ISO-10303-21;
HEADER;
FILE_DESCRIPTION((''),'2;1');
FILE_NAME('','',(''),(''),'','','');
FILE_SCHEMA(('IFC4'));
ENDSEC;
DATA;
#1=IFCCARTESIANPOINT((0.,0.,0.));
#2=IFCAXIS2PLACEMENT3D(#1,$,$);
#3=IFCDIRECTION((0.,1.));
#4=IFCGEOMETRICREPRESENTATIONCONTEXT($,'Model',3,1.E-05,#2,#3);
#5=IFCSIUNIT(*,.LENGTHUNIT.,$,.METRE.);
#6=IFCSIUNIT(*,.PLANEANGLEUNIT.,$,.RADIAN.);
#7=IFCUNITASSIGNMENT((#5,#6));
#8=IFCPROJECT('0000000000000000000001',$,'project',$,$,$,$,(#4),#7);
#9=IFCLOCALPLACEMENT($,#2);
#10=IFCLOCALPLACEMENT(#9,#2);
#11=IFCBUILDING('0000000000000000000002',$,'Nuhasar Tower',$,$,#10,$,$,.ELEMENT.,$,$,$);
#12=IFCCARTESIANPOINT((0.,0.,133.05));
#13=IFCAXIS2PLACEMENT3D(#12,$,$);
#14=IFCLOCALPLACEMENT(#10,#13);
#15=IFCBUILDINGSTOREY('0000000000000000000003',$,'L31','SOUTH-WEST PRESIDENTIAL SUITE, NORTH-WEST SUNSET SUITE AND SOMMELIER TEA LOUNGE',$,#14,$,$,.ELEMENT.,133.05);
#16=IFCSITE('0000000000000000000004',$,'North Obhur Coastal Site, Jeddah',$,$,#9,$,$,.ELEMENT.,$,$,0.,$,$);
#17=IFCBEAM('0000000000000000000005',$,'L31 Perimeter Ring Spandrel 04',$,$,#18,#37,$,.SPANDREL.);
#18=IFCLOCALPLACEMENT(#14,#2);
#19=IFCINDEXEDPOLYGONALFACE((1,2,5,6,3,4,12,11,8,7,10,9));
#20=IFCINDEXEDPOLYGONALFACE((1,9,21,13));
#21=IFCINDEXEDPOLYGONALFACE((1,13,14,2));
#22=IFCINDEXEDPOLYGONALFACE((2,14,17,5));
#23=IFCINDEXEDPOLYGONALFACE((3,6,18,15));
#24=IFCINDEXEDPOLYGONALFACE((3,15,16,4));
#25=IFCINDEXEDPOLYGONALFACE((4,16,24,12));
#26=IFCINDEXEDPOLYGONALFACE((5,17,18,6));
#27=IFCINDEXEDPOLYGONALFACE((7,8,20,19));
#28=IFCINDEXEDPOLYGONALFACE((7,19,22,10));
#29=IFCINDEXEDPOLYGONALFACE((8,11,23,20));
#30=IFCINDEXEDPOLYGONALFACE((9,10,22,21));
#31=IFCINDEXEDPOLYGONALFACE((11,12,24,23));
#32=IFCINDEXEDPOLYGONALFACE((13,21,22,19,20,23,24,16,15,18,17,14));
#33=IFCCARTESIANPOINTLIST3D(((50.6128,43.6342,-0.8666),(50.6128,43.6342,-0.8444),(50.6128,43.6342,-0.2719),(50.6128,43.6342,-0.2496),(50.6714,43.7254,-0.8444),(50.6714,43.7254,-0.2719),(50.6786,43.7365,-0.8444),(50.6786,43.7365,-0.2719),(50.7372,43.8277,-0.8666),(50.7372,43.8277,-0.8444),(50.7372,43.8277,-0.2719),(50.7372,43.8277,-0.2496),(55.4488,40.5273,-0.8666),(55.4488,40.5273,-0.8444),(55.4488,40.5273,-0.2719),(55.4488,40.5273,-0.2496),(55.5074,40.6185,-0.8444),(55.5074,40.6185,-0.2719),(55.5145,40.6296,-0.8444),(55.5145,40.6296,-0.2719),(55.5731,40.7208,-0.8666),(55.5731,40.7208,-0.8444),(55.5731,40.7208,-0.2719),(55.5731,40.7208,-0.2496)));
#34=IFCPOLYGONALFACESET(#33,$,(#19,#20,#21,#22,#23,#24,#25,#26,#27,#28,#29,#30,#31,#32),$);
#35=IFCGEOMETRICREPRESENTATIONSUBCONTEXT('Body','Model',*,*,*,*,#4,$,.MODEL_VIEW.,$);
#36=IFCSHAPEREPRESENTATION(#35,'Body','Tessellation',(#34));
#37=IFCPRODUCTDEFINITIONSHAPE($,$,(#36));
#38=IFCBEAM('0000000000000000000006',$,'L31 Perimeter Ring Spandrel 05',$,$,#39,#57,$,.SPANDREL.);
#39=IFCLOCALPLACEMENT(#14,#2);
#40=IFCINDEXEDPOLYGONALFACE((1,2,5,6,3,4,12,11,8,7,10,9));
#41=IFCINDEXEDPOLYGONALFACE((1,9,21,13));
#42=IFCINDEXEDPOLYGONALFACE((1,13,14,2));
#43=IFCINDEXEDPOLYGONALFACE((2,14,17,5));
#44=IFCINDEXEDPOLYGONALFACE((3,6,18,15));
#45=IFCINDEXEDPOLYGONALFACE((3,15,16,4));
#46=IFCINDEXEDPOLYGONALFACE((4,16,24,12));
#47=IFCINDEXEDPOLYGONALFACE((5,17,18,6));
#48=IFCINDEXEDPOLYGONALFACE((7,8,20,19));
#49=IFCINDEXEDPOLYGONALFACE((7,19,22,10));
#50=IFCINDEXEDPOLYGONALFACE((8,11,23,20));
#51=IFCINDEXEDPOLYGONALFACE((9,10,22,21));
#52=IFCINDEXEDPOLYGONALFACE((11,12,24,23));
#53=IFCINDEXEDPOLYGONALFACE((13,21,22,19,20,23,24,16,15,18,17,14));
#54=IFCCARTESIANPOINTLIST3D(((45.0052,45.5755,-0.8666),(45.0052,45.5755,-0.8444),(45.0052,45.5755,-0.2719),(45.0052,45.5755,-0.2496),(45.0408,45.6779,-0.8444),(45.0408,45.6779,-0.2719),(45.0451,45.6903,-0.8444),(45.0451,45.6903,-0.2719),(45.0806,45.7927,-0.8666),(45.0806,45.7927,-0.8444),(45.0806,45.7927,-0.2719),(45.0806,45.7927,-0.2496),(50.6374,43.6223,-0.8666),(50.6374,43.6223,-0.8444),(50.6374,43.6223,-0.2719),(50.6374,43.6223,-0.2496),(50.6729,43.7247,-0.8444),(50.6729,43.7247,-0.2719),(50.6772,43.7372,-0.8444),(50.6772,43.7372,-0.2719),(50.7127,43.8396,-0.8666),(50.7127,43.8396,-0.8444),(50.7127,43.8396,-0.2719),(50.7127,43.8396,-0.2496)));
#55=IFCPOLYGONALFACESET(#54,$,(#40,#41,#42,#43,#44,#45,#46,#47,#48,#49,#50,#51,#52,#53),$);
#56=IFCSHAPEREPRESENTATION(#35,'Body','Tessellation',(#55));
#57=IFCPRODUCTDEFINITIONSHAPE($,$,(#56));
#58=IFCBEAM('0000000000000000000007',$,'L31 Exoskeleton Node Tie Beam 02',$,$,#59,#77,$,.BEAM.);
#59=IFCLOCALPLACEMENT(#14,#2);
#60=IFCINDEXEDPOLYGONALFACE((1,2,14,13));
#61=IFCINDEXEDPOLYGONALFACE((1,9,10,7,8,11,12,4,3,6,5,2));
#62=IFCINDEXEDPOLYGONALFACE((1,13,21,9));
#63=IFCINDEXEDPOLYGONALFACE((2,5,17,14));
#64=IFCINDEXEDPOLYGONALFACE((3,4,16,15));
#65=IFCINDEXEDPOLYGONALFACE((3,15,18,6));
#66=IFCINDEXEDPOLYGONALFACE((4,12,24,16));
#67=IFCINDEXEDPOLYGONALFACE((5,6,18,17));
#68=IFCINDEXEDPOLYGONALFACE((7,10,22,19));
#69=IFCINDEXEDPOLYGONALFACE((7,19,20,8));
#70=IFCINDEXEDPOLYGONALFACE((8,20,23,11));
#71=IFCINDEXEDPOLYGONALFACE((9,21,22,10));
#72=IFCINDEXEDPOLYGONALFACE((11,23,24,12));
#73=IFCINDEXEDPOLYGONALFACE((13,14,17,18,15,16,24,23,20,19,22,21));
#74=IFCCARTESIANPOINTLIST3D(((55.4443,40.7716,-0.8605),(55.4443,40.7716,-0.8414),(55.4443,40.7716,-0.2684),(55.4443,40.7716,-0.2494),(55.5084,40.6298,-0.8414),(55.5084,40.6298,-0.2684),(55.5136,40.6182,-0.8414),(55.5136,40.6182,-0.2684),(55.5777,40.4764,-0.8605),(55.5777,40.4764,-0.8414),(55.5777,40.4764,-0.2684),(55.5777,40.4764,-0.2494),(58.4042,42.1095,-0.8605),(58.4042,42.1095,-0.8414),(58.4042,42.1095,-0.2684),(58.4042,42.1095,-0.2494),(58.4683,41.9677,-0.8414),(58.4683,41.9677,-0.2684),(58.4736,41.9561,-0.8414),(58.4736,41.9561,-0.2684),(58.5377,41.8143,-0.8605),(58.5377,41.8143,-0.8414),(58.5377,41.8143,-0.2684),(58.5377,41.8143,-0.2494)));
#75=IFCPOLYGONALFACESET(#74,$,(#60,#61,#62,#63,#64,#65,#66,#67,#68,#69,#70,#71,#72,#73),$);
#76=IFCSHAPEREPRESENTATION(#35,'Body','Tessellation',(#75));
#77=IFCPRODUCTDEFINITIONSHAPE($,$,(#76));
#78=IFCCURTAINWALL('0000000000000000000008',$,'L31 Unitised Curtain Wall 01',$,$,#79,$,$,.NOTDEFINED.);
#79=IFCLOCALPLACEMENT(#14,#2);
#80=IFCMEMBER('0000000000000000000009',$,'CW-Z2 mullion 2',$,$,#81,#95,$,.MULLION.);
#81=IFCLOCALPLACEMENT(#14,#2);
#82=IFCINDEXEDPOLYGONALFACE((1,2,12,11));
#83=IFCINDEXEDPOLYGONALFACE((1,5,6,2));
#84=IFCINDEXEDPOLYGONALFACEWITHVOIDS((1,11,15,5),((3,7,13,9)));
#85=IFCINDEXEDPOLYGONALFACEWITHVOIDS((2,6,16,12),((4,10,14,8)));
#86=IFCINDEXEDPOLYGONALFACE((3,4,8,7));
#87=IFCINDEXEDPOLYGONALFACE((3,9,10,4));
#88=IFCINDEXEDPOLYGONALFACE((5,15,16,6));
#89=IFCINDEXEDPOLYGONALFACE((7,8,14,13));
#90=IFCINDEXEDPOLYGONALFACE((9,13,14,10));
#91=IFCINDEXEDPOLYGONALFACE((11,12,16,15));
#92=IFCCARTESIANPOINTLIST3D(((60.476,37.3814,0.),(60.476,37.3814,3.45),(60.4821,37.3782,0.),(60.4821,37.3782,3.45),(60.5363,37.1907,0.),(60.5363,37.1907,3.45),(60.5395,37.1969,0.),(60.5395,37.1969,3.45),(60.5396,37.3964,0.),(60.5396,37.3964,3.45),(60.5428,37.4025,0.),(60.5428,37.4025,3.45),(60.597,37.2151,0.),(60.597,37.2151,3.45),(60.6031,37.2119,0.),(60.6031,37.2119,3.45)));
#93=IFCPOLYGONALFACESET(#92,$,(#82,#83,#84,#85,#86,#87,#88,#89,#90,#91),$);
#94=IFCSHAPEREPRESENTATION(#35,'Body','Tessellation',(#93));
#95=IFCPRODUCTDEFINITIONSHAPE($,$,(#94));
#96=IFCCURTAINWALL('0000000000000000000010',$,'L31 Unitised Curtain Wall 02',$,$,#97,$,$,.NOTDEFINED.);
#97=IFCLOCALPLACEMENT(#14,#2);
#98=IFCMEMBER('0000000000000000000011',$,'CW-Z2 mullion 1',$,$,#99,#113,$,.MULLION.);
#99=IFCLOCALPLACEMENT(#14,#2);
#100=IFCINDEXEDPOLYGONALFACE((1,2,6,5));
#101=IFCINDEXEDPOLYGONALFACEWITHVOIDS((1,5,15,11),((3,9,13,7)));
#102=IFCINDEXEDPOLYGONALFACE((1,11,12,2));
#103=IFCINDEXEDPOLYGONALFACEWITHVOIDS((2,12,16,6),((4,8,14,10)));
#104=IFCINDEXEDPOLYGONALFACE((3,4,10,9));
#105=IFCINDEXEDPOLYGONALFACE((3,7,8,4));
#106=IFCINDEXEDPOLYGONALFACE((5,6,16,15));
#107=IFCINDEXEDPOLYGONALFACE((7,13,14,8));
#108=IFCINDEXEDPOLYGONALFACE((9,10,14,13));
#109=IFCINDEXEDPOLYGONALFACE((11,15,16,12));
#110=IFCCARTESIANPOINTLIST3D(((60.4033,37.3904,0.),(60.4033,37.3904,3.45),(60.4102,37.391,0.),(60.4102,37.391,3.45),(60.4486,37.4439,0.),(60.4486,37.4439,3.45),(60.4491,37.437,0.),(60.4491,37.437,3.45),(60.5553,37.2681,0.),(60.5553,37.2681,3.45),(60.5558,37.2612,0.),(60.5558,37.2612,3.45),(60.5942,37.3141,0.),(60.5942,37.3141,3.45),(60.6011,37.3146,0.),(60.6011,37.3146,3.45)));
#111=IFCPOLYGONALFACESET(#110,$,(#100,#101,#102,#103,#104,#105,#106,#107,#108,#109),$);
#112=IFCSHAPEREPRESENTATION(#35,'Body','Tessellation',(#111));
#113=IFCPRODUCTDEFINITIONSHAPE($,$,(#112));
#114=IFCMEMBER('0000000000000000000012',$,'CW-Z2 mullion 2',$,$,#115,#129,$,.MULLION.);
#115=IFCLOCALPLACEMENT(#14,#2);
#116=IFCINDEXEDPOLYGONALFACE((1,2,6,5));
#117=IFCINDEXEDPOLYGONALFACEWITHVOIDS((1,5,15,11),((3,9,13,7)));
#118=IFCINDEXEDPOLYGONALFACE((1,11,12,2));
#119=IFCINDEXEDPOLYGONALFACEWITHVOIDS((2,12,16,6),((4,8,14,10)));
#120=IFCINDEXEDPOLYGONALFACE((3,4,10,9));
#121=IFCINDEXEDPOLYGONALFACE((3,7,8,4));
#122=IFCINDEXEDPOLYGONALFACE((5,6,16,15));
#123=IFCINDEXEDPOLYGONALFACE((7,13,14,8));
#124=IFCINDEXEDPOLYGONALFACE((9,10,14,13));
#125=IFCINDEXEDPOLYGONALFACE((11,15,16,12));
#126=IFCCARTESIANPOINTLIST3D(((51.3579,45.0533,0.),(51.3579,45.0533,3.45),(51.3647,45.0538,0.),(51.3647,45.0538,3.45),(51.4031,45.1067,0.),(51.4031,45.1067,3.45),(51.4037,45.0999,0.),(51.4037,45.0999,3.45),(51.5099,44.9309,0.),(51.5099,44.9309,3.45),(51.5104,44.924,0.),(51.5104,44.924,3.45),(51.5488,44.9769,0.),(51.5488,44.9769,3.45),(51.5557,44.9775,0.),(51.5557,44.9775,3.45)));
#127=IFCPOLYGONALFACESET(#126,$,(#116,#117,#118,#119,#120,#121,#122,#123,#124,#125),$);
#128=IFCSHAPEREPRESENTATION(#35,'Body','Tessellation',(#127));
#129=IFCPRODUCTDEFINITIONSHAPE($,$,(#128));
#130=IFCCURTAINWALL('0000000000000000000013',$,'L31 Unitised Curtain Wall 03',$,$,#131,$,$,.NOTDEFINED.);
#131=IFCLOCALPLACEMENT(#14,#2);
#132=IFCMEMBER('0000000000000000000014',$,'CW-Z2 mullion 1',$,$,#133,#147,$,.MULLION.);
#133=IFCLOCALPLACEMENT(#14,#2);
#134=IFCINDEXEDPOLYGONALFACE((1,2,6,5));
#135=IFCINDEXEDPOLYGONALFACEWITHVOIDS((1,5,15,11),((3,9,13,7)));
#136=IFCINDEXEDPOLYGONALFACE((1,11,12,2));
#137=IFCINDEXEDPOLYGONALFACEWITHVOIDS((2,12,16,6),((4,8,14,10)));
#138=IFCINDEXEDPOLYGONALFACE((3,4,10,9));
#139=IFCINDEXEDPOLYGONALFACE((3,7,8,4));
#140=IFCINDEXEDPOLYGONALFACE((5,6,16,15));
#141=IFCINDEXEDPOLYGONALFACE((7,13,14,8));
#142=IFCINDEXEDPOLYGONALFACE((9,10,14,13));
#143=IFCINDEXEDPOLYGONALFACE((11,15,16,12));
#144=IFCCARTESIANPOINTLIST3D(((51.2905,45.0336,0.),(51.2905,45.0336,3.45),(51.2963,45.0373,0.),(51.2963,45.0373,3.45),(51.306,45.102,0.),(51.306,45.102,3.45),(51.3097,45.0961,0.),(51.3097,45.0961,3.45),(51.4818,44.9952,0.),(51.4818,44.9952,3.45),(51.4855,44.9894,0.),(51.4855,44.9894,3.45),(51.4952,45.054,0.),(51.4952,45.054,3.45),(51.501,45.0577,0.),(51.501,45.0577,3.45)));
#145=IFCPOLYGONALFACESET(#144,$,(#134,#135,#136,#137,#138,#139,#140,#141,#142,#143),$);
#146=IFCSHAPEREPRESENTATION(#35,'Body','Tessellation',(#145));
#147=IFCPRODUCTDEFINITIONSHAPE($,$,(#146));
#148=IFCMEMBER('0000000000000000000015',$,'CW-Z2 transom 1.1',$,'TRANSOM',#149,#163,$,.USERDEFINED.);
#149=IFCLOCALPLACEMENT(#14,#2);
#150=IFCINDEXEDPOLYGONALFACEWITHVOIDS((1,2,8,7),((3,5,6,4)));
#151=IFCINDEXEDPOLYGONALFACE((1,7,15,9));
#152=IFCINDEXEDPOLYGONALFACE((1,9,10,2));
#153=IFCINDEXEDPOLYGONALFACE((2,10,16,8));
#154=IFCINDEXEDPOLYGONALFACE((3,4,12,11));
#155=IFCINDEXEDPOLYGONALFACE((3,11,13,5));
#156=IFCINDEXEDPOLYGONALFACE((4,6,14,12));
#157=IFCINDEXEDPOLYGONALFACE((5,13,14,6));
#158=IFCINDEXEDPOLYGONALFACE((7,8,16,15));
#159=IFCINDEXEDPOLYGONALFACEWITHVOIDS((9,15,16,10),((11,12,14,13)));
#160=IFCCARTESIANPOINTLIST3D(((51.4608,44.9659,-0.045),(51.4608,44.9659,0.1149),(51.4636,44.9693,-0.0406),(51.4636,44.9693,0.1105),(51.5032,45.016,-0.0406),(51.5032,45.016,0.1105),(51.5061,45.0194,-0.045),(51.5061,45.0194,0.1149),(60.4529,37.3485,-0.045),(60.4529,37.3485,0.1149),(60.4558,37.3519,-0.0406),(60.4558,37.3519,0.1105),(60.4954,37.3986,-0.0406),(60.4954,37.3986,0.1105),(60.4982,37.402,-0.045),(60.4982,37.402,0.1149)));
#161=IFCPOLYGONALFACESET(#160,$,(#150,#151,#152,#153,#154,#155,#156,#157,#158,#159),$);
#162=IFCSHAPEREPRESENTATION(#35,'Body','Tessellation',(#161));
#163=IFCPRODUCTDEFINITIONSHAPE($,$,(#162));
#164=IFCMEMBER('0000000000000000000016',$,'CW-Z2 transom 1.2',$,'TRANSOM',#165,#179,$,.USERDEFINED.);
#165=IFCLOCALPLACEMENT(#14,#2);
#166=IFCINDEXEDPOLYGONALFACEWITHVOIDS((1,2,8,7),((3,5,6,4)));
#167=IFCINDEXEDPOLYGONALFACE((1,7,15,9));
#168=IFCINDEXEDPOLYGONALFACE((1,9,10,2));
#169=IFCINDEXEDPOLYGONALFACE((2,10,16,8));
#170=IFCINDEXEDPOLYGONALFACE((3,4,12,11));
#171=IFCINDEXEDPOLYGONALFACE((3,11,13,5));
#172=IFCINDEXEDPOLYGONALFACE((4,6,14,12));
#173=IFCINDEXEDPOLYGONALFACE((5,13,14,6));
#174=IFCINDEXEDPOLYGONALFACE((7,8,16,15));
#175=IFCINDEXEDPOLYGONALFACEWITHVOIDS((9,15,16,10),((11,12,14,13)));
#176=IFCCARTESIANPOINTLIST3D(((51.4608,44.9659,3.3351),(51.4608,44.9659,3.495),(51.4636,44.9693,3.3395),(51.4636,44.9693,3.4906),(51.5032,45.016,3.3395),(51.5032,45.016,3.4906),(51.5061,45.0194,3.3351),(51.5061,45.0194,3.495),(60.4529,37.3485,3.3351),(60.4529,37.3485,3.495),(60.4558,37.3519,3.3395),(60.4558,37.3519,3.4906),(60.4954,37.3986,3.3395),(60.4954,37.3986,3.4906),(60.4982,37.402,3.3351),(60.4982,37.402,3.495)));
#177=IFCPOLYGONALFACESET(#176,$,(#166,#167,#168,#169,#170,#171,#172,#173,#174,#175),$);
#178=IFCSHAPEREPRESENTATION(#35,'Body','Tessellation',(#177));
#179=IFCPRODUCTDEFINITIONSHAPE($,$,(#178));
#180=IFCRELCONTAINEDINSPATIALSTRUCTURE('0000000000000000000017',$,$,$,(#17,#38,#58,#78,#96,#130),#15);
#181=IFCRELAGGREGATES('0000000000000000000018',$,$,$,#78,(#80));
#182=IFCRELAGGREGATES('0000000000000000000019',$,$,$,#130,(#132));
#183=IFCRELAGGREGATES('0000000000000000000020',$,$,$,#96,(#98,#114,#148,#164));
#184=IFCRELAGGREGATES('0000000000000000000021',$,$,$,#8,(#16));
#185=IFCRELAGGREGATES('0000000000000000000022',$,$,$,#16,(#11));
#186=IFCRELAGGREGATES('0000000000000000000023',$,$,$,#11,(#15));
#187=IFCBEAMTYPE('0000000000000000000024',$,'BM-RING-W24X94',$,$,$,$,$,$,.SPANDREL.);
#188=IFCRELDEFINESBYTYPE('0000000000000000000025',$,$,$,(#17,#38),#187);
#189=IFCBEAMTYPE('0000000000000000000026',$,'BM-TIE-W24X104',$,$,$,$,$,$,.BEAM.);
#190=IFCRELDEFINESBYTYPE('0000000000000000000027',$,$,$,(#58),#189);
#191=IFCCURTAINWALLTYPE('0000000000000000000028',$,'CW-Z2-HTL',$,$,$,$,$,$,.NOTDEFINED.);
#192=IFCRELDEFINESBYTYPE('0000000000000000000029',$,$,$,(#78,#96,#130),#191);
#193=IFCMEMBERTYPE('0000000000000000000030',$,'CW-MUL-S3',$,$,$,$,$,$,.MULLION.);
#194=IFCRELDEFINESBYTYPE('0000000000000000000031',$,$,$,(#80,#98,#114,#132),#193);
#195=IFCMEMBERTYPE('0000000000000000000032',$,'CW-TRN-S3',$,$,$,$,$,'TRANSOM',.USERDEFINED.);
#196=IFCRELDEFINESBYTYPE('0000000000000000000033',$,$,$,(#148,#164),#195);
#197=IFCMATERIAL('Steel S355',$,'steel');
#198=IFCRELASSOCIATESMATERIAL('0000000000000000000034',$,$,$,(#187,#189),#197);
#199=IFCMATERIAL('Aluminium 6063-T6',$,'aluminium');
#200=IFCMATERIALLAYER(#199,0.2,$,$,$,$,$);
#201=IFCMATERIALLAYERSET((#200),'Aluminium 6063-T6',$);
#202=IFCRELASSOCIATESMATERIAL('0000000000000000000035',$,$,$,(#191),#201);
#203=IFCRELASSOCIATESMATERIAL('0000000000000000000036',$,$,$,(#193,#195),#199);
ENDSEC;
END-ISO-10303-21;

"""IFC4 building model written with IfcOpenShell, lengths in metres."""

from ifc_helpers import new_model, si_unit, direction, frame, origin, origin_2d, place, context, subcontext, project, spatial, hollow_rectangle, i_section, extrude, material, layer, layer_set, material_profile, profile_set, type_object, element, aggregate, save


model = new_model("IFC4")

# Units and contexts
model_context = context("Model", 3, precision=1e-05, world=origin(), true_north=direction((0.0, 1.0)))
body_context = subcontext(model_context, "Body", "Model", "MODEL_VIEW")
ifc_project = project(units=[si_unit("LENGTHUNIT", "METRE"), si_unit("PLANEANGLEUNIT", "RADIAN")], contexts=[model_context])

# Site, building, storey
site_placement = place(None, origin())
site = spatial("IfcSite", under=ifc_project, at=site_placement, Name="North Obhur Coastal Site, Jeddah", CompositionType="ELEMENT", RefElevation=0.0)
building_placement = place(site_placement, origin())
building = spatial("IfcBuilding", under=site, at=building_placement, Name="Nuhasar Tower", CompositionType="ELEMENT")
storey_placement = place(building_placement, frame((0.0, 0.0, 133.05)))
storey = spatial("IfcBuildingStorey", under=building, at=storey_placement, Name="L31", Description="SOUTH-WEST PRESIDENTIAL SUITE, NORTH-WEST SUNSET SUITE AND SOMMELIER TEA LOUNGE", CompositionType="ELEMENT", Elevation=133.05)

# Beams
ifc_material_1 = material(Name="Steel S355", Category="steel")
ifc_material_profile_1 = material_profile(ifc_material_1, i_section(OverallWidth=0.23, OverallDepth=0.6169, WebThickness=0.0132, FlangeThickness=0.0222, at=origin_2d()), Name="W24X94")
ifc_profile_set_1 = profile_set([ifc_material_profile_1], Name="Steel S355")
beam_type_1 = type_object("IfcBeamType", Name="BM-RING-W24X94", PredefinedType="SPANDREL", material=ifc_profile_set_1)
beam_1_placement = place(storey_placement, frame((55.511, 40.624, -0.5581), z_axis=(-0.841327, 0.540526, 0.0), x_axis=(-0.540526, -0.841327, 0.0)))
element("IfcBeam", 1, at=beam_1_placement, inside=storey, type_object=beam_type_1, Name="L31 Perimeter Ring Spandrel 04", PredefinedType="SPANDREL", context=body_context, shape_type="SweptSolid", body=[
    extrude(i_section(OverallWidth=0.23, OverallDepth=0.6169, WebThickness=0.0132, FlangeThickness=0.0222, at=origin_2d()), origin(), (0.0, 0.0, 1.0), 5.748),
])
beam_2_placement = place(storey_placement, frame((50.675, 43.731, -0.5581), z_axis=(-0.944801, 0.327644, 0.0), x_axis=(-0.327644, -0.944801, 0.0)))
element("IfcBeam", 2, at=beam_2_placement, inside=storey, type_object=beam_type_1, Name="L31 Perimeter Ring Spandrel 05", PredefinedType="SPANDREL", context=body_context, shape_type="SweptSolid", body=[
    extrude(i_section(OverallWidth=0.23, OverallDepth=0.6169, WebThickness=0.0132, FlangeThickness=0.0222, at=origin_2d()), origin(), (0.0, 0.0, 1.0), 5.9612),
])
ifc_material_profile_2 = material_profile(ifc_material_1, i_section(OverallWidth=0.324, OverallDepth=0.6111, WebThickness=0.0127, FlangeThickness=0.019, at=origin_2d()), Name="W24X104")
ifc_profile_set_2 = profile_set([ifc_material_profile_2], Name="Steel S355")
beam_type_2 = type_object("IfcBeamType", Name="BM-TIE-W24X104", PredefinedType="BEAM", material=ifc_profile_set_2)
beam_3_placement = place(storey_placement, frame((55.511, 40.624, -0.5549), z_axis=(0.91124, 0.411877, 0.0), x_axis=(-0.411877, 0.91124, 0.0)))
element("IfcBeam", 3, at=beam_3_placement, inside=storey, type_object=beam_type_2, Name="L31 Exoskeleton Node Tie Beam 02", PredefinedType="BEAM", context=body_context, shape_type="SweptSolid", body=[
    extrude(i_section(OverallWidth=0.324, OverallDepth=0.6111, WebThickness=0.0127, FlangeThickness=0.019, at=origin_2d()), origin(), (0.0, 0.0, 1.0), 3.2483),
])

# Curtain wall, member
ifc_material_2 = material(Name="Aluminium 6063-T6", Category="aluminium")
ifc_layer_1 = layer(ifc_material_2, 0.2)
ifc_layer_set_1 = layer_set([ifc_layer_1], Name="Aluminium 6063-T6")
curtain_wall_type = type_object("IfcCurtainWallType", Name="CW-Z2-HTL", PredefinedType="NOTDEFINED", material=ifc_layer_set_1)
curtain_wall_1_placement = place(storey_placement, origin())
curtain_wall_1 = element("IfcCurtainWall", 4, at=curtain_wall_1_placement, inside=storey, type_object=curtain_wall_type, Name="L31 Unitised Curtain Wall 01", PredefinedType="NOTDEFINED")
ifc_material_profile_3 = material_profile(ifc_material_2, hollow_rectangle(XDim=0.0701, YDim=0.2, WallThickness=0.0049, at=origin_2d()), Name="CWM-3")
ifc_profile_set_3 = profile_set([ifc_material_profile_3], Name="Aluminium 6063-T6")
member_type_1 = type_object("IfcMemberType", Name="CW-MUL-S3", PredefinedType="MULLION", material=ifc_profile_set_3)
member_1_placement = place(storey_placement, frame((60.5396, 37.2966, 0.0), z_axis=(0.0, 0.0, 1.0), x_axis=(-0.953433, -0.301604, 0.0)))
member_1 = element("IfcMember", 5, at=member_1_placement, type_object=member_type_1, Name="CW-Z2 mullion 2", PredefinedType="MULLION", context=body_context, shape_type="SweptSolid", body=[
    extrude(hollow_rectangle(XDim=0.0701, YDim=0.2, WallThickness=0.0049, at=origin_2d()), origin(), (0.0, 0.0, 1.0), 3.45),
])
aggregate(curtain_wall_1, [member_1])

# Curtain wall, members
curtain_wall_2_placement = place(storey_placement, origin())
curtain_wall_2 = element("IfcCurtainWall", 6, at=curtain_wall_2_placement, inside=storey, type_object=curtain_wall_type, Name="L31 Unitised Curtain Wall 02", PredefinedType="NOTDEFINED")
member_2_placement = place(storey_placement, frame((60.5022, 37.3525, 0.0), z_axis=(0.0, 0.0, 1.0), x_axis=(-0.646374, -0.76302, 0.0)))
member_2 = element("IfcMember", 7, at=member_2_placement, type_object=member_type_1, Name="CW-Z2 mullion 1", PredefinedType="MULLION", context=body_context, shape_type="SweptSolid", body=[
    extrude(hollow_rectangle(XDim=0.0701, YDim=0.2, WallThickness=0.0049, at=origin_2d()), origin(), (0.0, 0.0, 1.0), 3.45),
])
member_3_placement = place(storey_placement, frame((51.4568, 45.0154, 0.0), z_axis=(0.0, 0.0, 1.0), x_axis=(-0.646374, -0.76302, 0.0)))
member_3 = element("IfcMember", 8, at=member_3_placement, type_object=member_type_1, Name="CW-Z2 mullion 2", PredefinedType="MULLION", context=body_context, shape_type="SweptSolid", body=[
    extrude(hollow_rectangle(XDim=0.0701, YDim=0.2, WallThickness=0.0049, at=origin_2d()), origin(), (0.0, 0.0, 1.0), 3.45),
])

# Curtain wall, member
curtain_wall_3_placement = place(storey_placement, origin())
curtain_wall_3 = element("IfcCurtainWall", 9, at=curtain_wall_3_placement, inside=storey, type_object=curtain_wall_type, Name="L31 Unitised Curtain Wall 03", PredefinedType="NOTDEFINED")
member_4_placement = place(storey_placement, frame((51.3958, 45.0457, 0.0), z_axis=(0.0, 0.0, 1.0), x_axis=(-0.221397, -0.975184, 0.0)))
member_4 = element("IfcMember", 10, at=member_4_placement, type_object=member_type_1, Name="CW-Z2 mullion 1", PredefinedType="MULLION", context=body_context, shape_type="SweptSolid", body=[
    extrude(hollow_rectangle(XDim=0.0701, YDim=0.2, WallThickness=0.0049, at=origin_2d()), origin(), (0.0, 0.0, 1.0), 3.45),
])

# Members
ifc_material_profile_4 = material_profile(ifc_material_2, hollow_rectangle(XDim=0.0701, YDim=0.1599, WallThickness=0.0044, at=origin_2d()), Name="CWT-3")
ifc_profile_set_4 = profile_set([ifc_material_profile_4], Name="Aluminium 6063-T6")
member_type_2 = type_object("IfcMemberType", Name="CW-TRN-S3", ElementType="TRANSOM", PredefinedType="USERDEFINED", material=ifc_profile_set_4)
member_5_placement = place(storey_placement, frame((60.4756, 37.3752, 0.0349), z_axis=(-0.763024, 0.64637, 0.0), x_axis=(-0.64637, -0.763024, 0.0)))
member_5 = element("IfcMember", 11, at=member_5_placement, type_object=member_type_2, Name="CW-Z2 transom 1.1", ObjectType="TRANSOM", PredefinedType="USERDEFINED", context=body_context, shape_type="SweptSolid", body=[
    extrude(hollow_rectangle(XDim=0.0701, YDim=0.1599, WallThickness=0.0044, at=origin_2d()), origin(), (0.0, 0.0, 1.0), 11.7849),
])
member_6_placement = place(storey_placement, frame((60.4756, 37.3752, 3.415), z_axis=(-0.763024, 0.64637, 0.0), x_axis=(-0.64637, -0.763024, 0.0)))
member_6 = element("IfcMember", 12, at=member_6_placement, type_object=member_type_2, Name="CW-Z2 transom 1.2", ObjectType="TRANSOM", PredefinedType="USERDEFINED", context=body_context, shape_type="SweptSolid", body=[
    extrude(hollow_rectangle(XDim=0.0701, YDim=0.1599, WallThickness=0.0044, at=origin_2d()), origin(), (0.0, 0.0, 1.0), 11.7849),
])
aggregate(curtain_wall_3, [member_4])

aggregate(curtain_wall_2, [member_2, member_3, member_5, member_6])

save(model, "model.ifc")
